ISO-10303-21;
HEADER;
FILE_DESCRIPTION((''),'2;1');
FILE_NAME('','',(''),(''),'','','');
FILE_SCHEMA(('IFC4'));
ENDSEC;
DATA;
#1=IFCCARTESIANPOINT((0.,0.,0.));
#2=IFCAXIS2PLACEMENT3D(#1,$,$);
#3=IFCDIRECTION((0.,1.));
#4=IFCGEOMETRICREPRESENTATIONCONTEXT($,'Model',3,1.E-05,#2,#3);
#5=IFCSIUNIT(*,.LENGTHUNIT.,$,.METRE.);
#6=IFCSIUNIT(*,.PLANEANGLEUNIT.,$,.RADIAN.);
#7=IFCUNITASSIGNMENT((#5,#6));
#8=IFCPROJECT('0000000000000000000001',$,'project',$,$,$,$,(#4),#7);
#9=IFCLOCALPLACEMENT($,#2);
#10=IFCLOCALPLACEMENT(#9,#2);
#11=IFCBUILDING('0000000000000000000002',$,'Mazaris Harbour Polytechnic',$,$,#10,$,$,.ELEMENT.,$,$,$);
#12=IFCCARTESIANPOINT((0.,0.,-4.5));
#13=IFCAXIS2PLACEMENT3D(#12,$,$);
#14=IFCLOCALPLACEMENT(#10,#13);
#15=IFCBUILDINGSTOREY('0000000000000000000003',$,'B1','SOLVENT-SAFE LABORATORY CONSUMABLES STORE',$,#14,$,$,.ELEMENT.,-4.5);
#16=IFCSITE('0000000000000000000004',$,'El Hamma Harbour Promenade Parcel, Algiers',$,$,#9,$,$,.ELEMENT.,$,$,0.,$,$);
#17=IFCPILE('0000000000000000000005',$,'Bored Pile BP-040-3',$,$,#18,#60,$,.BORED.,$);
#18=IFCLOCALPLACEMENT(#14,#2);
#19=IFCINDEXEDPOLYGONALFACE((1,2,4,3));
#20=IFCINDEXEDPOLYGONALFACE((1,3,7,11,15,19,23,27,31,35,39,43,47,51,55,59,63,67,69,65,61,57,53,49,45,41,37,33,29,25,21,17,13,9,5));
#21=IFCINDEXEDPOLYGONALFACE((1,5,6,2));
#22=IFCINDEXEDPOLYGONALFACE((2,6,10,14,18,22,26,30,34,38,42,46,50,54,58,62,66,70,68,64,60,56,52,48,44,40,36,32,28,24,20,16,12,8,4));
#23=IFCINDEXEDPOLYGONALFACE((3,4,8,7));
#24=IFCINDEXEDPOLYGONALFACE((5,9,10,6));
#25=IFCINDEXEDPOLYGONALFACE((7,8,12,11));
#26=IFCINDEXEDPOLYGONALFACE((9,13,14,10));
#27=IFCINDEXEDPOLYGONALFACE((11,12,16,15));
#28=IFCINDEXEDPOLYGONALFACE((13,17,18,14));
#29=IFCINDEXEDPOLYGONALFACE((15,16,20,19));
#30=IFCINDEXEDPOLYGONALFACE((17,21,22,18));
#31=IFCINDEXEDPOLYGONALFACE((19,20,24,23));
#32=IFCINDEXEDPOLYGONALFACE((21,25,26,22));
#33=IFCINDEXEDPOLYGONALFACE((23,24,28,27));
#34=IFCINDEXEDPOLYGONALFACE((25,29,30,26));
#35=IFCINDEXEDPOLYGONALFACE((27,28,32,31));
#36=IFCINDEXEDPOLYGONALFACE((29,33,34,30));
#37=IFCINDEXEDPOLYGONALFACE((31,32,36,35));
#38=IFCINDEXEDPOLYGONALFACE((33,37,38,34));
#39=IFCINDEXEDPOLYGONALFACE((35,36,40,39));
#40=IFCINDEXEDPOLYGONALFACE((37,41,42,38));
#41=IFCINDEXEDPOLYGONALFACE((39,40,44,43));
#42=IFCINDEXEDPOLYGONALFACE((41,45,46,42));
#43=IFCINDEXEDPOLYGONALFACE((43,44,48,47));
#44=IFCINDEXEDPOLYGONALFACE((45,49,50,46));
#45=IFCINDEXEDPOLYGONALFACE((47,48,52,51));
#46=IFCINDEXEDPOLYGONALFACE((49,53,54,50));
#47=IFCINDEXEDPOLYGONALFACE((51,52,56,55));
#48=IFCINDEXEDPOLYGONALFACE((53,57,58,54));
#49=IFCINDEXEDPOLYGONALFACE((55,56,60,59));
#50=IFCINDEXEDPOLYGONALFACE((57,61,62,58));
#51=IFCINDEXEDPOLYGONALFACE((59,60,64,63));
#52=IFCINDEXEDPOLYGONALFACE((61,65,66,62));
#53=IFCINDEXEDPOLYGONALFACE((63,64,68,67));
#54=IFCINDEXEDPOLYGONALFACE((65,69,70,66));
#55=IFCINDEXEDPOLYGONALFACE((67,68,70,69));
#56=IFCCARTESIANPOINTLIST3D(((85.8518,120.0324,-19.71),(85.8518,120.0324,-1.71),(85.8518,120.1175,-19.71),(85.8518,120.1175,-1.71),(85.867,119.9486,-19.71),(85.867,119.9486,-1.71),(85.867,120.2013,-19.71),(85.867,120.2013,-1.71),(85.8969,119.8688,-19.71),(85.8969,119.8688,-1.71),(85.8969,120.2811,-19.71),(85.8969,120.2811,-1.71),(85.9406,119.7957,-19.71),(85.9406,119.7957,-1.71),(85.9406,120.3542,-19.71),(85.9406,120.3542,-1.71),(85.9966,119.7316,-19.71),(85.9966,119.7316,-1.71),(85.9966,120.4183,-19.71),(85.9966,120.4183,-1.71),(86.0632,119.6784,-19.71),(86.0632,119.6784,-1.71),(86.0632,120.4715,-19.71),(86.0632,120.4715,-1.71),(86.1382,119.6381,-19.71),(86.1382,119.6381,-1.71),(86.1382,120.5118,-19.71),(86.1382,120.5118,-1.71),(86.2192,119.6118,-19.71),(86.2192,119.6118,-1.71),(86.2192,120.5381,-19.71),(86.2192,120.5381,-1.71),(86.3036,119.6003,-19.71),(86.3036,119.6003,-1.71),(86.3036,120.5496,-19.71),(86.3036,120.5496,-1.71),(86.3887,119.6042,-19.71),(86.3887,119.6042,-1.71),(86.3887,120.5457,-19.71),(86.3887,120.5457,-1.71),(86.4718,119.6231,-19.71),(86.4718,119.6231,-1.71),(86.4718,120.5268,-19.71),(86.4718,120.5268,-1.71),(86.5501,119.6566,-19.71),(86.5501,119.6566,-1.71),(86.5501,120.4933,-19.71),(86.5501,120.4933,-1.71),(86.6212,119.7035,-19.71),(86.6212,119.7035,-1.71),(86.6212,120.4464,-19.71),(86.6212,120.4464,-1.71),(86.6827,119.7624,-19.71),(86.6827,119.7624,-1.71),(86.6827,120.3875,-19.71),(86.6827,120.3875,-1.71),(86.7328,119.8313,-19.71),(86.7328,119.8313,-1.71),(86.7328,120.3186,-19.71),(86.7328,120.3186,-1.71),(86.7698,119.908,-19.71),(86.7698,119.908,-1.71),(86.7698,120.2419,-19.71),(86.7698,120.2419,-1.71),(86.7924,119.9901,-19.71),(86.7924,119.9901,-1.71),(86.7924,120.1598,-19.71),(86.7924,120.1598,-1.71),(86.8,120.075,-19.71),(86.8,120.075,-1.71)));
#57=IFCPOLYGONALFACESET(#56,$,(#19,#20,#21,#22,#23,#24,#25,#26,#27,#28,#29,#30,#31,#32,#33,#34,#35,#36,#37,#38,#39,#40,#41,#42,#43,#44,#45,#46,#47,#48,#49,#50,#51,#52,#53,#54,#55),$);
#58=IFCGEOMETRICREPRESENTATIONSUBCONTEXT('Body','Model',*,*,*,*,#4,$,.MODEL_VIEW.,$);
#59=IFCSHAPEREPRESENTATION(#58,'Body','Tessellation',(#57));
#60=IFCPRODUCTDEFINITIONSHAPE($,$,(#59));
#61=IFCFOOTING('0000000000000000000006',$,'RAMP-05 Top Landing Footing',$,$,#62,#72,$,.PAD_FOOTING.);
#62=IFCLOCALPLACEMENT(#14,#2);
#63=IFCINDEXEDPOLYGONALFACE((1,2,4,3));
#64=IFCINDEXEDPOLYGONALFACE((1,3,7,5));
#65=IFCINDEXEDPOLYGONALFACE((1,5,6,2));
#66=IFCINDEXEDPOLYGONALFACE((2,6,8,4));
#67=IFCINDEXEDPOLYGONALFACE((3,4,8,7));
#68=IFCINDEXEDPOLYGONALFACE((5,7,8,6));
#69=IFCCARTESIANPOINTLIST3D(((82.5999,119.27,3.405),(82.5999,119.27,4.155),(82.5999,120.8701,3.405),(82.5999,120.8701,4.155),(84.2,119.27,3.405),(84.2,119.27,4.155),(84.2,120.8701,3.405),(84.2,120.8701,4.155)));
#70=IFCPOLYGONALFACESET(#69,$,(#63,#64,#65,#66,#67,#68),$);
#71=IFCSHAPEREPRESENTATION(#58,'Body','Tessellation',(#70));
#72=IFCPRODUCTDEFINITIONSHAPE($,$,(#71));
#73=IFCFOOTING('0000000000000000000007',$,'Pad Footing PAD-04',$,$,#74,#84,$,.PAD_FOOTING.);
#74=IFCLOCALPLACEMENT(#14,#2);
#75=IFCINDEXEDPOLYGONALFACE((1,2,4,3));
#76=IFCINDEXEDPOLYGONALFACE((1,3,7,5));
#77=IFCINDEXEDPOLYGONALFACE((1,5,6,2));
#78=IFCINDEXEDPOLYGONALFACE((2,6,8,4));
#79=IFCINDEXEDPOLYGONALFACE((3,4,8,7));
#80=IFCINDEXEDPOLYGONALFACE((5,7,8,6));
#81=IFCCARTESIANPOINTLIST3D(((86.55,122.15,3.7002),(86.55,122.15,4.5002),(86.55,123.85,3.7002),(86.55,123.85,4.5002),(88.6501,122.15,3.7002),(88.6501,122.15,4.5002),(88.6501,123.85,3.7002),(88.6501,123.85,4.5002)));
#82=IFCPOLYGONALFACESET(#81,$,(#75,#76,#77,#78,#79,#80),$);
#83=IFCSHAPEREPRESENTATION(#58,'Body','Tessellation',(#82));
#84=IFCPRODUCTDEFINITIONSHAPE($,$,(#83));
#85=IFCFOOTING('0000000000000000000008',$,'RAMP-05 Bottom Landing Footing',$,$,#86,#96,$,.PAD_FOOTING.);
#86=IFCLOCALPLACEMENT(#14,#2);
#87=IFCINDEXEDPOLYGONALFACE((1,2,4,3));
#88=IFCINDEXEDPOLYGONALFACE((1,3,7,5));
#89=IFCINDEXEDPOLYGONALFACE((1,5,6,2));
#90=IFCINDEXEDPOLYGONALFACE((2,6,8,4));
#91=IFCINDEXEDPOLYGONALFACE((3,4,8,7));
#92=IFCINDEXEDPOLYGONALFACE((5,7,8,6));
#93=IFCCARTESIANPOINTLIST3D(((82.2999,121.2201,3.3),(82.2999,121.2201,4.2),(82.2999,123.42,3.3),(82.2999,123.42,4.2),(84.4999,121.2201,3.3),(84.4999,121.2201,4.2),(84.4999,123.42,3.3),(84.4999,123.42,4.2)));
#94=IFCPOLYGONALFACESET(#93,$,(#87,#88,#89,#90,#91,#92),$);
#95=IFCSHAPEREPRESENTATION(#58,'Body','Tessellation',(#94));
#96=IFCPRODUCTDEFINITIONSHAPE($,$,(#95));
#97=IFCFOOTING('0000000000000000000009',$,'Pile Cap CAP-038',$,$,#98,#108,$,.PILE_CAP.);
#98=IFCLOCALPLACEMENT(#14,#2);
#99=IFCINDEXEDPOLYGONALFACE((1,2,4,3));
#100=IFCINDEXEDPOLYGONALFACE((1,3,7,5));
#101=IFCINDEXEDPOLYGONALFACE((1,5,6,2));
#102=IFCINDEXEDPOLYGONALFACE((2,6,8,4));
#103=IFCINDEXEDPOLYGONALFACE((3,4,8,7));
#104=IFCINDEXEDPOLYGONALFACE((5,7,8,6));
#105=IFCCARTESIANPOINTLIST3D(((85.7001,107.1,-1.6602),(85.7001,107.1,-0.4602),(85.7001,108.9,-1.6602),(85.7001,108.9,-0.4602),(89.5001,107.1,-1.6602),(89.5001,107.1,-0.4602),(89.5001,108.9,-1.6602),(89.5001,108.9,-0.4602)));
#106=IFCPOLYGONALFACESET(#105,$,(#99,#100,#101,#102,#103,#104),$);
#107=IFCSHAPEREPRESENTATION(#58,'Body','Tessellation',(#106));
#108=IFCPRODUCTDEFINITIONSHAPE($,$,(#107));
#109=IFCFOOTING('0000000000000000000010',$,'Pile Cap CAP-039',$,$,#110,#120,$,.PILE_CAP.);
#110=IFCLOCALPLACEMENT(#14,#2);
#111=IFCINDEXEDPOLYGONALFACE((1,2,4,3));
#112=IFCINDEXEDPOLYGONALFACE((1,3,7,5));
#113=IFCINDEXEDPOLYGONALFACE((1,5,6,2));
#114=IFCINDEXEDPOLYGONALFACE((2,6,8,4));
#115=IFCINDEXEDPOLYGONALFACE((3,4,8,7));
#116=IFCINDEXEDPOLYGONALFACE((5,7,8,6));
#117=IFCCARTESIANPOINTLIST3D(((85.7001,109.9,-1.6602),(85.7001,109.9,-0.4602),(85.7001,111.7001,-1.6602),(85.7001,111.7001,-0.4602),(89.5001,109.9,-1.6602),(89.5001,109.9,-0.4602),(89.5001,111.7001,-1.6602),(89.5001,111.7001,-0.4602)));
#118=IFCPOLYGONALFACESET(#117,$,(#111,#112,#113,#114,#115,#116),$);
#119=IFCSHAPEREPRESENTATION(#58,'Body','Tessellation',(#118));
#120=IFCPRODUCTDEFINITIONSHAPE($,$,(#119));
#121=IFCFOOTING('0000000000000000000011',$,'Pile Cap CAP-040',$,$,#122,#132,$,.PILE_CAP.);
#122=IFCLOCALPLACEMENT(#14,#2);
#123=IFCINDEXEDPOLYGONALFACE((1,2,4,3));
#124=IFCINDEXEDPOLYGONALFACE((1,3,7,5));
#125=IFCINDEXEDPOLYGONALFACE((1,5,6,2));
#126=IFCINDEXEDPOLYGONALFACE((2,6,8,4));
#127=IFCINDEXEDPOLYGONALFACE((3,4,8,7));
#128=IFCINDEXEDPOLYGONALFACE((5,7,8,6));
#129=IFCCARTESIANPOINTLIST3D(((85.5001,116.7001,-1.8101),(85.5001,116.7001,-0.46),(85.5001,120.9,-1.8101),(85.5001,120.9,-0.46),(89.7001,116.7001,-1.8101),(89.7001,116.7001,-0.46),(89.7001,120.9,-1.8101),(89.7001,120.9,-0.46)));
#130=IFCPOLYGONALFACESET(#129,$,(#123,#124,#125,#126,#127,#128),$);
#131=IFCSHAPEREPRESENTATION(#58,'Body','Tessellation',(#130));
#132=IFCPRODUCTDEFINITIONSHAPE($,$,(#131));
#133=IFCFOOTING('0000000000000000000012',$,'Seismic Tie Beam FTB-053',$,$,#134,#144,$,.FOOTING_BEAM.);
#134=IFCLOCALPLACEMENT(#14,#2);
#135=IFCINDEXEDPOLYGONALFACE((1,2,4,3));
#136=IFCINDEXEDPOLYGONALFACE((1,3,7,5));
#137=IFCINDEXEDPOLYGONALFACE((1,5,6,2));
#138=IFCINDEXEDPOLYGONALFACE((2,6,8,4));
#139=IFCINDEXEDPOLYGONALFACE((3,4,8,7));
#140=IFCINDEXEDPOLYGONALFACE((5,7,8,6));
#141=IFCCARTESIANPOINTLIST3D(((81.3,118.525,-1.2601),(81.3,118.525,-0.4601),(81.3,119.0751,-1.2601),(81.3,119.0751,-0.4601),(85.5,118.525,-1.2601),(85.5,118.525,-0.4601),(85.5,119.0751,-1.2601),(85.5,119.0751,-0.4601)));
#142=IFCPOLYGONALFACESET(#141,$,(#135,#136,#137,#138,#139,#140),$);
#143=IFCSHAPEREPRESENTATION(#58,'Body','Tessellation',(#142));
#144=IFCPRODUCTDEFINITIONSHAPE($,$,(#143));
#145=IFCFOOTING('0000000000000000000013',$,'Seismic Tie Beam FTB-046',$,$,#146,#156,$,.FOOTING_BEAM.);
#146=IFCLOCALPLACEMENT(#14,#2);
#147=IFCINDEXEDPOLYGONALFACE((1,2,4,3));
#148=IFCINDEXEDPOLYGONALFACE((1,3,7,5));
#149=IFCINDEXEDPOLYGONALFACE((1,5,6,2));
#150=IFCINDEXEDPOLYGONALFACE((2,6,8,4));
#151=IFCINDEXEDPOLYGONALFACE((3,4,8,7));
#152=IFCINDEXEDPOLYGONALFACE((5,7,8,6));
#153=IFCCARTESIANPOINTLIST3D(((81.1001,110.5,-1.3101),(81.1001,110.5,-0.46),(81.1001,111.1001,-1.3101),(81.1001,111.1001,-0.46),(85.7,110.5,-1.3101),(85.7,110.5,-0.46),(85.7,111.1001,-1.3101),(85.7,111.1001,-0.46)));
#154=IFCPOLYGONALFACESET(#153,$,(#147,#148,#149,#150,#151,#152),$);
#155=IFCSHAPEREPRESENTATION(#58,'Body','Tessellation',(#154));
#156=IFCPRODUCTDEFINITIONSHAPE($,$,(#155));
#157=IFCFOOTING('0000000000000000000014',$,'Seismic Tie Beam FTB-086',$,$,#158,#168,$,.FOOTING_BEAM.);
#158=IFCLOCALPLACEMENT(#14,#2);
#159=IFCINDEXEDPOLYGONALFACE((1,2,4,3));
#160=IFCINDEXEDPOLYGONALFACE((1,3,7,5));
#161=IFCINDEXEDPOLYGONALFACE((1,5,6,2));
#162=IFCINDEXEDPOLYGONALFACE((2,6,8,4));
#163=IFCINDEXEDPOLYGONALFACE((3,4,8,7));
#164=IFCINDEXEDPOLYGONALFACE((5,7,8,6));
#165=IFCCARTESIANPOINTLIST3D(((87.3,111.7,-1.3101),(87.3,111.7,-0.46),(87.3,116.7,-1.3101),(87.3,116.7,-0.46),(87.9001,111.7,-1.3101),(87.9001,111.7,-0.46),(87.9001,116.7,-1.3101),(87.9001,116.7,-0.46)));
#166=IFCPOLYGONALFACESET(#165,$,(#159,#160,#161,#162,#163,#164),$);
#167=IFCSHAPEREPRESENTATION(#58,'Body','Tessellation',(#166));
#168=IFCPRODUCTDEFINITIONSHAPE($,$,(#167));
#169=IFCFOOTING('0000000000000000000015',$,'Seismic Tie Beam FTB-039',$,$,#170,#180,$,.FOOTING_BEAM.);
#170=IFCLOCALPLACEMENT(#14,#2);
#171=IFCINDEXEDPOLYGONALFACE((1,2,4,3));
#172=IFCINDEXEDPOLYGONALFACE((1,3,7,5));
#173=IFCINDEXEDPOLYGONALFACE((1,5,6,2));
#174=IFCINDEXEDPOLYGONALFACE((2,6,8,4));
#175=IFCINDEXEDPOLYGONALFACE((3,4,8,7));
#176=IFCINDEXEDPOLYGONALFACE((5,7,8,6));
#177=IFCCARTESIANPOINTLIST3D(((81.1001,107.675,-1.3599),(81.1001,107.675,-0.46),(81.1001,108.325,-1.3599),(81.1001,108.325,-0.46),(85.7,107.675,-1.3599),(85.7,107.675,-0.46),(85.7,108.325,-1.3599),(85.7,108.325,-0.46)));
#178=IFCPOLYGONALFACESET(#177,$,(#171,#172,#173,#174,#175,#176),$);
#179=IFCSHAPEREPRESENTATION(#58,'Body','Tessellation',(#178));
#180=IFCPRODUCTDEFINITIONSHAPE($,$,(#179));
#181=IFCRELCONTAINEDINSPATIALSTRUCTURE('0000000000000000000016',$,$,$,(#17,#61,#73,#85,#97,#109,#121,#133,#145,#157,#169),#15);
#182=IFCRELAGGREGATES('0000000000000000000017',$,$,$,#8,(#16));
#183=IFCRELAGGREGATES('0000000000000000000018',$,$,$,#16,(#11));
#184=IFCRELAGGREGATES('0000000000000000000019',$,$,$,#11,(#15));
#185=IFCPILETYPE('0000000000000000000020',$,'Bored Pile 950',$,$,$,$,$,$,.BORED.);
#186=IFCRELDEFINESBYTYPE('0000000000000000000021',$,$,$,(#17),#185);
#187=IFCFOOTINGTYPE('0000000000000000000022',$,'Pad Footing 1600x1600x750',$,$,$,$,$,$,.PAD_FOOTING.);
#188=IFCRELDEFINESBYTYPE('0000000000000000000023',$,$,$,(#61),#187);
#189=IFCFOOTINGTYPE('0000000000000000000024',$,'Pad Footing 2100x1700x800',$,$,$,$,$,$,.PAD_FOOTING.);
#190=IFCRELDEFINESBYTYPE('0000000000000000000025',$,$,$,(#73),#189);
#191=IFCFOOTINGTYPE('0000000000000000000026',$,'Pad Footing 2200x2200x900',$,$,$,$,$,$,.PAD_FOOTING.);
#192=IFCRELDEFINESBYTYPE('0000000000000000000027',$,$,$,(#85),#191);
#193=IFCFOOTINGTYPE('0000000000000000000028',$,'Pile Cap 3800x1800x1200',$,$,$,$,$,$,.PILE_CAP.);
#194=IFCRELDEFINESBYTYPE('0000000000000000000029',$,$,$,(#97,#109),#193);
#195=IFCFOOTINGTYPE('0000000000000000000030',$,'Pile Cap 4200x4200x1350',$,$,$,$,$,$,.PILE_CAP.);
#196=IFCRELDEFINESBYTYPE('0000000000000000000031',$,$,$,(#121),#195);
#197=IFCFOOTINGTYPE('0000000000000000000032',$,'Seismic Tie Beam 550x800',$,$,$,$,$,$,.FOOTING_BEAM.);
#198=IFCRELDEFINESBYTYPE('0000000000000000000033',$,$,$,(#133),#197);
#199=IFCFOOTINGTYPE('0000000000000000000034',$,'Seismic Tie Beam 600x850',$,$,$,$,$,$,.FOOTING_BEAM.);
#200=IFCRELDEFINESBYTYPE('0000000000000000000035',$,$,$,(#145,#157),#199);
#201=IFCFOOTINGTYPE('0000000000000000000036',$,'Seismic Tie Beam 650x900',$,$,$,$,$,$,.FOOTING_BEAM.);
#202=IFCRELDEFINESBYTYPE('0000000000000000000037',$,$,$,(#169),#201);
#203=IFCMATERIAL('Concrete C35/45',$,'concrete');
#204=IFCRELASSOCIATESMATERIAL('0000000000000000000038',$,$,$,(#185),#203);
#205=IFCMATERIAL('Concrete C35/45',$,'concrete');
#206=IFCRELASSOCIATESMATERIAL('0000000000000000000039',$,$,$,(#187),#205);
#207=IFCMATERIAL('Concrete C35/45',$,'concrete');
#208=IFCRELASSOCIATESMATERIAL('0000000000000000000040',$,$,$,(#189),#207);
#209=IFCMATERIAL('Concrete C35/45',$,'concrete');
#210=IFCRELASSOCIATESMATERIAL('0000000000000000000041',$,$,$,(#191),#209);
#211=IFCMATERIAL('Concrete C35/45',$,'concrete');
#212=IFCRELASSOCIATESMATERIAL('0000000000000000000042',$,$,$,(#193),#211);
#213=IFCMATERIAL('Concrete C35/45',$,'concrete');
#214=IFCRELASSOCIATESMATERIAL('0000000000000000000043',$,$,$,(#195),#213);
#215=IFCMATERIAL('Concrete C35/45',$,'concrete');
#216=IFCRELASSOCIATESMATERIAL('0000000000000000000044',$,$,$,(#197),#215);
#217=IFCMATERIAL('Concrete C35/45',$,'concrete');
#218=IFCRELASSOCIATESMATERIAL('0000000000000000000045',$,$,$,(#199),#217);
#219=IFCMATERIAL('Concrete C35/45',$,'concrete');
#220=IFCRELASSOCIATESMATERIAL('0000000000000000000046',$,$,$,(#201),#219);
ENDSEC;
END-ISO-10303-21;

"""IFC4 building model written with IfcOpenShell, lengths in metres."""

from ifc_helpers import new_model, si_unit, direction, frame, origin, origin_2d, place, context, subcontext, project, spatial, rectangle, circle, extrude, material, material_profile, profile_set, type_object, element, save


model = new_model("IFC4")

# Units and contexts
model_context = context("Model", 3, precision=1e-05, world=origin(), true_north=direction((0.0, 1.0)))
body_context = subcontext(model_context, "Body", "Model", "MODEL_VIEW")
ifc_project = project(units=[si_unit("LENGTHUNIT", "METRE"), si_unit("PLANEANGLEUNIT", "RADIAN")], contexts=[model_context])

# Site, building, storey
site_placement = place(None, origin())
site = spatial("IfcSite", under=ifc_project, at=site_placement, Name="El Hamma Harbour Promenade Parcel, Algiers", CompositionType="ELEMENT", RefElevation=0.0)
building_placement = place(site_placement, origin())
building = spatial("IfcBuilding", under=site, at=building_placement, Name="Mazaris Harbour Polytechnic", CompositionType="ELEMENT")
storey_placement = place(building_placement, frame((0.0, 0.0, -4.5)))
storey = spatial("IfcBuildingStorey", under=building, at=storey_placement, Name="B1", Description="SOLVENT-SAFE LABORATORY CONSUMABLES STORE", CompositionType="ELEMENT", Elevation=-4.5)

# Pile
ifc_material_1 = material(Name="Concrete C35/45", Category="concrete")
ifc_material_profile_1 = material_profile(ifc_material_1, circle(Radius=0.4751, at=origin_2d()), Name="DIA950")
ifc_profile_set_1 = profile_set([ifc_material_profile_1], Name="Concrete C35/45")
pile_type_1 = type_object("IfcPileType", Name="Bored Pile 950", PredefinedType="BORED", material=ifc_profile_set_1)
for number, where, z_axis, x_axis, name in (
    (1, (86.325, 120.075, -1.71), (0.0, 0.0, -1.0), (1.0, 0.0, 0.0), "Bored Pile BP-040-3"),
):
    element("IfcPile", number, at=place(storey_placement, frame(where, z_axis=z_axis, x_axis=x_axis)), inside=storey, type_object=pile_type_1, Name=name, PredefinedType="BORED", context=body_context, shape_type="SweptSolid", body=[
        extrude(circle(Radius=0.4751, at=origin_2d()), origin(), (0.0, 0.0, 1.0), 18.0),
    ])

# Footings
ifc_material_2 = material(Name="Concrete C35/45", Category="concrete")
footing_type_1 = type_object("IfcFootingType", Name="Pad Footing 1600x1600x750", PredefinedType="PAD_FOOTING", material=ifc_material_2)
footing_1_placement = place(storey_placement, frame((83.3999, 120.0701, 3.405), z_axis=(0.0, 0.0, 1.0), x_axis=(1.0, 0.0, 0.0)))
element("IfcFooting", 2, at=footing_1_placement, inside=storey, type_object=footing_type_1, Name="RAMP-05 Top Landing Footing", PredefinedType="PAD_FOOTING", context=body_context, shape_type="SweptSolid", body=[
    extrude(rectangle(XDim=1.6001, YDim=1.6001, at=origin_2d()), origin(), (0.0, 0.0, 1.0), 0.75),
])
ifc_material_3 = material(Name="Concrete C35/45", Category="concrete")
footing_type_2 = type_object("IfcFootingType", Name="Pad Footing 2100x1700x800", PredefinedType="PAD_FOOTING", material=ifc_material_3)
footing_2_placement = place(storey_placement, frame((87.6001, 123.0, 3.7002), z_axis=(0.0, 0.0, 1.0), x_axis=(1.0, 0.0, 0.0)))
element("IfcFooting", 3, at=footing_2_placement, inside=storey, type_object=footing_type_2, Name="Pad Footing PAD-04", PredefinedType="PAD_FOOTING", context=body_context, shape_type="SweptSolid", body=[
    extrude(rectangle(XDim=2.1001, YDim=1.7, at=origin_2d()), origin(), (0.0, 0.0, 1.0), 0.8),
])
ifc_material_4 = material(Name="Concrete C35/45", Category="concrete")
footing_type_3 = type_object("IfcFootingType", Name="Pad Footing 2200x2200x900", PredefinedType="PAD_FOOTING", material=ifc_material_4)
footing_3_placement = place(storey_placement, frame((83.3999, 122.3201, 3.3), z_axis=(0.0, 0.0, 1.0), x_axis=(1.0, 0.0, 0.0)))
element("IfcFooting", 4, at=footing_3_placement, inside=storey, type_object=footing_type_3, Name="RAMP-05 Bottom Landing Footing", PredefinedType="PAD_FOOTING", context=body_context, shape_type="SweptSolid", body=[
    extrude(rectangle(XDim=2.2, YDim=2.2, at=origin_2d()), origin(), (0.0, 0.0, 1.0), 0.8999),
])
ifc_material_5 = material(Name="Concrete C35/45", Category="concrete")
footing_type_4 = type_object("IfcFootingType", Name="Pile Cap 3800x1800x1200", PredefinedType="PILE_CAP", material=ifc_material_5)
for number, where, z_axis, x_axis, name in (
    (5, (87.6001, 108.0, -1.6602), (0.0, 0.0, 1.0), (1.0, 0.0, 0.0), "Pile Cap CAP-038"),
    (6, (87.6001, 110.8, -1.6602), (0.0, 0.0, 1.0), (1.0, 0.0, 0.0), "Pile Cap CAP-039"),
):
    element("IfcFooting", number, at=place(storey_placement, frame(where, z_axis=z_axis, x_axis=x_axis)), inside=storey, type_object=footing_type_4, Name=name, PredefinedType="PILE_CAP", context=body_context, shape_type="SweptSolid", body=[
        extrude(rectangle(XDim=3.8, YDim=1.8, at=origin_2d()), origin(), (0.0, 0.0, 1.0), 1.2),
    ])
ifc_material_6 = material(Name="Concrete C35/45", Category="concrete")
footing_type_5 = type_object("IfcFootingType", Name="Pile Cap 4200x4200x1350", PredefinedType="PILE_CAP", material=ifc_material_6)
footing_4_placement = place(storey_placement, frame((87.6001, 118.8, -1.8101), z_axis=(0.0, 0.0, 1.0), x_axis=(1.0, 0.0, 0.0)))
element("IfcFooting", 7, at=footing_4_placement, inside=storey, type_object=footing_type_5, Name="Pile Cap CAP-040", PredefinedType="PILE_CAP", context=body_context, shape_type="SweptSolid", body=[
    extrude(rectangle(XDim=4.2, YDim=4.2, at=origin_2d()), origin(), (0.0, 0.0, 1.0), 1.3501),
])
ifc_material_7 = material(Name="Concrete C35/45", Category="concrete")
ifc_material_profile_2 = material_profile(ifc_material_7, rectangle(XDim=0.55, YDim=0.8, at=origin_2d()), Name="RECT550x800")
ifc_profile_set_2 = profile_set([ifc_material_profile_2], Name="Concrete C35/45")
footing_type_6 = type_object("IfcFootingType", Name="Seismic Tie Beam 550x800", PredefinedType="FOOTING_BEAM", material=ifc_profile_set_2)
footing_5_placement = place(storey_placement, frame((81.3, 118.8, -0.8601), z_axis=(1.0, 0.0, 0.0), x_axis=(0.0, 1.0, 0.0)))
element("IfcFooting", 8, at=footing_5_placement, inside=storey, type_object=footing_type_6, Name="Seismic Tie Beam FTB-053", PredefinedType="FOOTING_BEAM", context=body_context, shape_type="SweptSolid", body=[
    extrude(rectangle(XDim=0.55, YDim=0.8, at=origin_2d()), origin(), (0.0, 0.0, 1.0), 4.2),
])
ifc_material_8 = material(Name="Concrete C35/45", Category="concrete")
ifc_material_profile_3 = material_profile(ifc_material_8, rectangle(XDim=0.6001, YDim=0.8501, at=origin_2d()), Name="RECT600x850")
ifc_profile_set_3 = profile_set([ifc_material_profile_3], Name="Concrete C35/45")
footing_type_7 = type_object("IfcFootingType", Name="Seismic Tie Beam 600x850", PredefinedType="FOOTING_BEAM", material=ifc_profile_set_3)
footing_6_placement = place(storey_placement, frame((81.1001, 110.8, -0.885), z_axis=(1.0, 0.0, 0.0), x_axis=(0.0, 1.0, 0.0)))
element("IfcFooting", 9, at=footing_6_placement, inside=storey, type_object=footing_type_7, Name="Seismic Tie Beam FTB-046", PredefinedType="FOOTING_BEAM", context=body_context, shape_type="SweptSolid", body=[
    extrude(rectangle(XDim=0.6001, YDim=0.8501, at=origin_2d()), origin(), (0.0, 0.0, 1.0), 4.5999),
])
footing_7_placement = place(storey_placement, frame((87.6001, 111.7, -0.885), z_axis=(0.0, 1.0, 0.0), x_axis=(-1.0, 0.0, 0.0)))
element("IfcFooting", 10, at=footing_7_placement, inside=storey, type_object=footing_type_7, Name="Seismic Tie Beam FTB-086", PredefinedType="FOOTING_BEAM", context=body_context, shape_type="SweptSolid", body=[
    extrude(rectangle(XDim=0.6001, YDim=0.8501, at=origin_2d()), origin(), (0.0, 0.0, 1.0), 5.0),
])
ifc_material_9 = material(Name="Concrete C35/45", Category="concrete")
ifc_material_profile_4 = material_profile(ifc_material_9, rectangle(XDim=0.6499, YDim=0.8999, at=origin_2d()), Name="RECT650x900")
ifc_profile_set_4 = profile_set([ifc_material_profile_4], Name="Concrete C35/45")
footing_type_8 = type_object("IfcFootingType", Name="Seismic Tie Beam 650x900", PredefinedType="FOOTING_BEAM", material=ifc_profile_set_4)
footing_8_placement = place(storey_placement, frame((81.1001, 108.0, -0.9099), z_axis=(1.0, 0.0, 0.0), x_axis=(0.0, 1.0, 0.0)))
element("IfcFooting", 11, at=footing_8_placement, inside=storey, type_object=footing_type_8, Name="Seismic Tie Beam FTB-039", PredefinedType="FOOTING_BEAM", context=body_context, shape_type="SweptSolid", body=[
    extrude(rectangle(XDim=0.6499, YDim=0.8999, at=origin_2d()), origin(), (0.0, 0.0, 1.0), 4.5999),
])

save(model, "model.ifc")
